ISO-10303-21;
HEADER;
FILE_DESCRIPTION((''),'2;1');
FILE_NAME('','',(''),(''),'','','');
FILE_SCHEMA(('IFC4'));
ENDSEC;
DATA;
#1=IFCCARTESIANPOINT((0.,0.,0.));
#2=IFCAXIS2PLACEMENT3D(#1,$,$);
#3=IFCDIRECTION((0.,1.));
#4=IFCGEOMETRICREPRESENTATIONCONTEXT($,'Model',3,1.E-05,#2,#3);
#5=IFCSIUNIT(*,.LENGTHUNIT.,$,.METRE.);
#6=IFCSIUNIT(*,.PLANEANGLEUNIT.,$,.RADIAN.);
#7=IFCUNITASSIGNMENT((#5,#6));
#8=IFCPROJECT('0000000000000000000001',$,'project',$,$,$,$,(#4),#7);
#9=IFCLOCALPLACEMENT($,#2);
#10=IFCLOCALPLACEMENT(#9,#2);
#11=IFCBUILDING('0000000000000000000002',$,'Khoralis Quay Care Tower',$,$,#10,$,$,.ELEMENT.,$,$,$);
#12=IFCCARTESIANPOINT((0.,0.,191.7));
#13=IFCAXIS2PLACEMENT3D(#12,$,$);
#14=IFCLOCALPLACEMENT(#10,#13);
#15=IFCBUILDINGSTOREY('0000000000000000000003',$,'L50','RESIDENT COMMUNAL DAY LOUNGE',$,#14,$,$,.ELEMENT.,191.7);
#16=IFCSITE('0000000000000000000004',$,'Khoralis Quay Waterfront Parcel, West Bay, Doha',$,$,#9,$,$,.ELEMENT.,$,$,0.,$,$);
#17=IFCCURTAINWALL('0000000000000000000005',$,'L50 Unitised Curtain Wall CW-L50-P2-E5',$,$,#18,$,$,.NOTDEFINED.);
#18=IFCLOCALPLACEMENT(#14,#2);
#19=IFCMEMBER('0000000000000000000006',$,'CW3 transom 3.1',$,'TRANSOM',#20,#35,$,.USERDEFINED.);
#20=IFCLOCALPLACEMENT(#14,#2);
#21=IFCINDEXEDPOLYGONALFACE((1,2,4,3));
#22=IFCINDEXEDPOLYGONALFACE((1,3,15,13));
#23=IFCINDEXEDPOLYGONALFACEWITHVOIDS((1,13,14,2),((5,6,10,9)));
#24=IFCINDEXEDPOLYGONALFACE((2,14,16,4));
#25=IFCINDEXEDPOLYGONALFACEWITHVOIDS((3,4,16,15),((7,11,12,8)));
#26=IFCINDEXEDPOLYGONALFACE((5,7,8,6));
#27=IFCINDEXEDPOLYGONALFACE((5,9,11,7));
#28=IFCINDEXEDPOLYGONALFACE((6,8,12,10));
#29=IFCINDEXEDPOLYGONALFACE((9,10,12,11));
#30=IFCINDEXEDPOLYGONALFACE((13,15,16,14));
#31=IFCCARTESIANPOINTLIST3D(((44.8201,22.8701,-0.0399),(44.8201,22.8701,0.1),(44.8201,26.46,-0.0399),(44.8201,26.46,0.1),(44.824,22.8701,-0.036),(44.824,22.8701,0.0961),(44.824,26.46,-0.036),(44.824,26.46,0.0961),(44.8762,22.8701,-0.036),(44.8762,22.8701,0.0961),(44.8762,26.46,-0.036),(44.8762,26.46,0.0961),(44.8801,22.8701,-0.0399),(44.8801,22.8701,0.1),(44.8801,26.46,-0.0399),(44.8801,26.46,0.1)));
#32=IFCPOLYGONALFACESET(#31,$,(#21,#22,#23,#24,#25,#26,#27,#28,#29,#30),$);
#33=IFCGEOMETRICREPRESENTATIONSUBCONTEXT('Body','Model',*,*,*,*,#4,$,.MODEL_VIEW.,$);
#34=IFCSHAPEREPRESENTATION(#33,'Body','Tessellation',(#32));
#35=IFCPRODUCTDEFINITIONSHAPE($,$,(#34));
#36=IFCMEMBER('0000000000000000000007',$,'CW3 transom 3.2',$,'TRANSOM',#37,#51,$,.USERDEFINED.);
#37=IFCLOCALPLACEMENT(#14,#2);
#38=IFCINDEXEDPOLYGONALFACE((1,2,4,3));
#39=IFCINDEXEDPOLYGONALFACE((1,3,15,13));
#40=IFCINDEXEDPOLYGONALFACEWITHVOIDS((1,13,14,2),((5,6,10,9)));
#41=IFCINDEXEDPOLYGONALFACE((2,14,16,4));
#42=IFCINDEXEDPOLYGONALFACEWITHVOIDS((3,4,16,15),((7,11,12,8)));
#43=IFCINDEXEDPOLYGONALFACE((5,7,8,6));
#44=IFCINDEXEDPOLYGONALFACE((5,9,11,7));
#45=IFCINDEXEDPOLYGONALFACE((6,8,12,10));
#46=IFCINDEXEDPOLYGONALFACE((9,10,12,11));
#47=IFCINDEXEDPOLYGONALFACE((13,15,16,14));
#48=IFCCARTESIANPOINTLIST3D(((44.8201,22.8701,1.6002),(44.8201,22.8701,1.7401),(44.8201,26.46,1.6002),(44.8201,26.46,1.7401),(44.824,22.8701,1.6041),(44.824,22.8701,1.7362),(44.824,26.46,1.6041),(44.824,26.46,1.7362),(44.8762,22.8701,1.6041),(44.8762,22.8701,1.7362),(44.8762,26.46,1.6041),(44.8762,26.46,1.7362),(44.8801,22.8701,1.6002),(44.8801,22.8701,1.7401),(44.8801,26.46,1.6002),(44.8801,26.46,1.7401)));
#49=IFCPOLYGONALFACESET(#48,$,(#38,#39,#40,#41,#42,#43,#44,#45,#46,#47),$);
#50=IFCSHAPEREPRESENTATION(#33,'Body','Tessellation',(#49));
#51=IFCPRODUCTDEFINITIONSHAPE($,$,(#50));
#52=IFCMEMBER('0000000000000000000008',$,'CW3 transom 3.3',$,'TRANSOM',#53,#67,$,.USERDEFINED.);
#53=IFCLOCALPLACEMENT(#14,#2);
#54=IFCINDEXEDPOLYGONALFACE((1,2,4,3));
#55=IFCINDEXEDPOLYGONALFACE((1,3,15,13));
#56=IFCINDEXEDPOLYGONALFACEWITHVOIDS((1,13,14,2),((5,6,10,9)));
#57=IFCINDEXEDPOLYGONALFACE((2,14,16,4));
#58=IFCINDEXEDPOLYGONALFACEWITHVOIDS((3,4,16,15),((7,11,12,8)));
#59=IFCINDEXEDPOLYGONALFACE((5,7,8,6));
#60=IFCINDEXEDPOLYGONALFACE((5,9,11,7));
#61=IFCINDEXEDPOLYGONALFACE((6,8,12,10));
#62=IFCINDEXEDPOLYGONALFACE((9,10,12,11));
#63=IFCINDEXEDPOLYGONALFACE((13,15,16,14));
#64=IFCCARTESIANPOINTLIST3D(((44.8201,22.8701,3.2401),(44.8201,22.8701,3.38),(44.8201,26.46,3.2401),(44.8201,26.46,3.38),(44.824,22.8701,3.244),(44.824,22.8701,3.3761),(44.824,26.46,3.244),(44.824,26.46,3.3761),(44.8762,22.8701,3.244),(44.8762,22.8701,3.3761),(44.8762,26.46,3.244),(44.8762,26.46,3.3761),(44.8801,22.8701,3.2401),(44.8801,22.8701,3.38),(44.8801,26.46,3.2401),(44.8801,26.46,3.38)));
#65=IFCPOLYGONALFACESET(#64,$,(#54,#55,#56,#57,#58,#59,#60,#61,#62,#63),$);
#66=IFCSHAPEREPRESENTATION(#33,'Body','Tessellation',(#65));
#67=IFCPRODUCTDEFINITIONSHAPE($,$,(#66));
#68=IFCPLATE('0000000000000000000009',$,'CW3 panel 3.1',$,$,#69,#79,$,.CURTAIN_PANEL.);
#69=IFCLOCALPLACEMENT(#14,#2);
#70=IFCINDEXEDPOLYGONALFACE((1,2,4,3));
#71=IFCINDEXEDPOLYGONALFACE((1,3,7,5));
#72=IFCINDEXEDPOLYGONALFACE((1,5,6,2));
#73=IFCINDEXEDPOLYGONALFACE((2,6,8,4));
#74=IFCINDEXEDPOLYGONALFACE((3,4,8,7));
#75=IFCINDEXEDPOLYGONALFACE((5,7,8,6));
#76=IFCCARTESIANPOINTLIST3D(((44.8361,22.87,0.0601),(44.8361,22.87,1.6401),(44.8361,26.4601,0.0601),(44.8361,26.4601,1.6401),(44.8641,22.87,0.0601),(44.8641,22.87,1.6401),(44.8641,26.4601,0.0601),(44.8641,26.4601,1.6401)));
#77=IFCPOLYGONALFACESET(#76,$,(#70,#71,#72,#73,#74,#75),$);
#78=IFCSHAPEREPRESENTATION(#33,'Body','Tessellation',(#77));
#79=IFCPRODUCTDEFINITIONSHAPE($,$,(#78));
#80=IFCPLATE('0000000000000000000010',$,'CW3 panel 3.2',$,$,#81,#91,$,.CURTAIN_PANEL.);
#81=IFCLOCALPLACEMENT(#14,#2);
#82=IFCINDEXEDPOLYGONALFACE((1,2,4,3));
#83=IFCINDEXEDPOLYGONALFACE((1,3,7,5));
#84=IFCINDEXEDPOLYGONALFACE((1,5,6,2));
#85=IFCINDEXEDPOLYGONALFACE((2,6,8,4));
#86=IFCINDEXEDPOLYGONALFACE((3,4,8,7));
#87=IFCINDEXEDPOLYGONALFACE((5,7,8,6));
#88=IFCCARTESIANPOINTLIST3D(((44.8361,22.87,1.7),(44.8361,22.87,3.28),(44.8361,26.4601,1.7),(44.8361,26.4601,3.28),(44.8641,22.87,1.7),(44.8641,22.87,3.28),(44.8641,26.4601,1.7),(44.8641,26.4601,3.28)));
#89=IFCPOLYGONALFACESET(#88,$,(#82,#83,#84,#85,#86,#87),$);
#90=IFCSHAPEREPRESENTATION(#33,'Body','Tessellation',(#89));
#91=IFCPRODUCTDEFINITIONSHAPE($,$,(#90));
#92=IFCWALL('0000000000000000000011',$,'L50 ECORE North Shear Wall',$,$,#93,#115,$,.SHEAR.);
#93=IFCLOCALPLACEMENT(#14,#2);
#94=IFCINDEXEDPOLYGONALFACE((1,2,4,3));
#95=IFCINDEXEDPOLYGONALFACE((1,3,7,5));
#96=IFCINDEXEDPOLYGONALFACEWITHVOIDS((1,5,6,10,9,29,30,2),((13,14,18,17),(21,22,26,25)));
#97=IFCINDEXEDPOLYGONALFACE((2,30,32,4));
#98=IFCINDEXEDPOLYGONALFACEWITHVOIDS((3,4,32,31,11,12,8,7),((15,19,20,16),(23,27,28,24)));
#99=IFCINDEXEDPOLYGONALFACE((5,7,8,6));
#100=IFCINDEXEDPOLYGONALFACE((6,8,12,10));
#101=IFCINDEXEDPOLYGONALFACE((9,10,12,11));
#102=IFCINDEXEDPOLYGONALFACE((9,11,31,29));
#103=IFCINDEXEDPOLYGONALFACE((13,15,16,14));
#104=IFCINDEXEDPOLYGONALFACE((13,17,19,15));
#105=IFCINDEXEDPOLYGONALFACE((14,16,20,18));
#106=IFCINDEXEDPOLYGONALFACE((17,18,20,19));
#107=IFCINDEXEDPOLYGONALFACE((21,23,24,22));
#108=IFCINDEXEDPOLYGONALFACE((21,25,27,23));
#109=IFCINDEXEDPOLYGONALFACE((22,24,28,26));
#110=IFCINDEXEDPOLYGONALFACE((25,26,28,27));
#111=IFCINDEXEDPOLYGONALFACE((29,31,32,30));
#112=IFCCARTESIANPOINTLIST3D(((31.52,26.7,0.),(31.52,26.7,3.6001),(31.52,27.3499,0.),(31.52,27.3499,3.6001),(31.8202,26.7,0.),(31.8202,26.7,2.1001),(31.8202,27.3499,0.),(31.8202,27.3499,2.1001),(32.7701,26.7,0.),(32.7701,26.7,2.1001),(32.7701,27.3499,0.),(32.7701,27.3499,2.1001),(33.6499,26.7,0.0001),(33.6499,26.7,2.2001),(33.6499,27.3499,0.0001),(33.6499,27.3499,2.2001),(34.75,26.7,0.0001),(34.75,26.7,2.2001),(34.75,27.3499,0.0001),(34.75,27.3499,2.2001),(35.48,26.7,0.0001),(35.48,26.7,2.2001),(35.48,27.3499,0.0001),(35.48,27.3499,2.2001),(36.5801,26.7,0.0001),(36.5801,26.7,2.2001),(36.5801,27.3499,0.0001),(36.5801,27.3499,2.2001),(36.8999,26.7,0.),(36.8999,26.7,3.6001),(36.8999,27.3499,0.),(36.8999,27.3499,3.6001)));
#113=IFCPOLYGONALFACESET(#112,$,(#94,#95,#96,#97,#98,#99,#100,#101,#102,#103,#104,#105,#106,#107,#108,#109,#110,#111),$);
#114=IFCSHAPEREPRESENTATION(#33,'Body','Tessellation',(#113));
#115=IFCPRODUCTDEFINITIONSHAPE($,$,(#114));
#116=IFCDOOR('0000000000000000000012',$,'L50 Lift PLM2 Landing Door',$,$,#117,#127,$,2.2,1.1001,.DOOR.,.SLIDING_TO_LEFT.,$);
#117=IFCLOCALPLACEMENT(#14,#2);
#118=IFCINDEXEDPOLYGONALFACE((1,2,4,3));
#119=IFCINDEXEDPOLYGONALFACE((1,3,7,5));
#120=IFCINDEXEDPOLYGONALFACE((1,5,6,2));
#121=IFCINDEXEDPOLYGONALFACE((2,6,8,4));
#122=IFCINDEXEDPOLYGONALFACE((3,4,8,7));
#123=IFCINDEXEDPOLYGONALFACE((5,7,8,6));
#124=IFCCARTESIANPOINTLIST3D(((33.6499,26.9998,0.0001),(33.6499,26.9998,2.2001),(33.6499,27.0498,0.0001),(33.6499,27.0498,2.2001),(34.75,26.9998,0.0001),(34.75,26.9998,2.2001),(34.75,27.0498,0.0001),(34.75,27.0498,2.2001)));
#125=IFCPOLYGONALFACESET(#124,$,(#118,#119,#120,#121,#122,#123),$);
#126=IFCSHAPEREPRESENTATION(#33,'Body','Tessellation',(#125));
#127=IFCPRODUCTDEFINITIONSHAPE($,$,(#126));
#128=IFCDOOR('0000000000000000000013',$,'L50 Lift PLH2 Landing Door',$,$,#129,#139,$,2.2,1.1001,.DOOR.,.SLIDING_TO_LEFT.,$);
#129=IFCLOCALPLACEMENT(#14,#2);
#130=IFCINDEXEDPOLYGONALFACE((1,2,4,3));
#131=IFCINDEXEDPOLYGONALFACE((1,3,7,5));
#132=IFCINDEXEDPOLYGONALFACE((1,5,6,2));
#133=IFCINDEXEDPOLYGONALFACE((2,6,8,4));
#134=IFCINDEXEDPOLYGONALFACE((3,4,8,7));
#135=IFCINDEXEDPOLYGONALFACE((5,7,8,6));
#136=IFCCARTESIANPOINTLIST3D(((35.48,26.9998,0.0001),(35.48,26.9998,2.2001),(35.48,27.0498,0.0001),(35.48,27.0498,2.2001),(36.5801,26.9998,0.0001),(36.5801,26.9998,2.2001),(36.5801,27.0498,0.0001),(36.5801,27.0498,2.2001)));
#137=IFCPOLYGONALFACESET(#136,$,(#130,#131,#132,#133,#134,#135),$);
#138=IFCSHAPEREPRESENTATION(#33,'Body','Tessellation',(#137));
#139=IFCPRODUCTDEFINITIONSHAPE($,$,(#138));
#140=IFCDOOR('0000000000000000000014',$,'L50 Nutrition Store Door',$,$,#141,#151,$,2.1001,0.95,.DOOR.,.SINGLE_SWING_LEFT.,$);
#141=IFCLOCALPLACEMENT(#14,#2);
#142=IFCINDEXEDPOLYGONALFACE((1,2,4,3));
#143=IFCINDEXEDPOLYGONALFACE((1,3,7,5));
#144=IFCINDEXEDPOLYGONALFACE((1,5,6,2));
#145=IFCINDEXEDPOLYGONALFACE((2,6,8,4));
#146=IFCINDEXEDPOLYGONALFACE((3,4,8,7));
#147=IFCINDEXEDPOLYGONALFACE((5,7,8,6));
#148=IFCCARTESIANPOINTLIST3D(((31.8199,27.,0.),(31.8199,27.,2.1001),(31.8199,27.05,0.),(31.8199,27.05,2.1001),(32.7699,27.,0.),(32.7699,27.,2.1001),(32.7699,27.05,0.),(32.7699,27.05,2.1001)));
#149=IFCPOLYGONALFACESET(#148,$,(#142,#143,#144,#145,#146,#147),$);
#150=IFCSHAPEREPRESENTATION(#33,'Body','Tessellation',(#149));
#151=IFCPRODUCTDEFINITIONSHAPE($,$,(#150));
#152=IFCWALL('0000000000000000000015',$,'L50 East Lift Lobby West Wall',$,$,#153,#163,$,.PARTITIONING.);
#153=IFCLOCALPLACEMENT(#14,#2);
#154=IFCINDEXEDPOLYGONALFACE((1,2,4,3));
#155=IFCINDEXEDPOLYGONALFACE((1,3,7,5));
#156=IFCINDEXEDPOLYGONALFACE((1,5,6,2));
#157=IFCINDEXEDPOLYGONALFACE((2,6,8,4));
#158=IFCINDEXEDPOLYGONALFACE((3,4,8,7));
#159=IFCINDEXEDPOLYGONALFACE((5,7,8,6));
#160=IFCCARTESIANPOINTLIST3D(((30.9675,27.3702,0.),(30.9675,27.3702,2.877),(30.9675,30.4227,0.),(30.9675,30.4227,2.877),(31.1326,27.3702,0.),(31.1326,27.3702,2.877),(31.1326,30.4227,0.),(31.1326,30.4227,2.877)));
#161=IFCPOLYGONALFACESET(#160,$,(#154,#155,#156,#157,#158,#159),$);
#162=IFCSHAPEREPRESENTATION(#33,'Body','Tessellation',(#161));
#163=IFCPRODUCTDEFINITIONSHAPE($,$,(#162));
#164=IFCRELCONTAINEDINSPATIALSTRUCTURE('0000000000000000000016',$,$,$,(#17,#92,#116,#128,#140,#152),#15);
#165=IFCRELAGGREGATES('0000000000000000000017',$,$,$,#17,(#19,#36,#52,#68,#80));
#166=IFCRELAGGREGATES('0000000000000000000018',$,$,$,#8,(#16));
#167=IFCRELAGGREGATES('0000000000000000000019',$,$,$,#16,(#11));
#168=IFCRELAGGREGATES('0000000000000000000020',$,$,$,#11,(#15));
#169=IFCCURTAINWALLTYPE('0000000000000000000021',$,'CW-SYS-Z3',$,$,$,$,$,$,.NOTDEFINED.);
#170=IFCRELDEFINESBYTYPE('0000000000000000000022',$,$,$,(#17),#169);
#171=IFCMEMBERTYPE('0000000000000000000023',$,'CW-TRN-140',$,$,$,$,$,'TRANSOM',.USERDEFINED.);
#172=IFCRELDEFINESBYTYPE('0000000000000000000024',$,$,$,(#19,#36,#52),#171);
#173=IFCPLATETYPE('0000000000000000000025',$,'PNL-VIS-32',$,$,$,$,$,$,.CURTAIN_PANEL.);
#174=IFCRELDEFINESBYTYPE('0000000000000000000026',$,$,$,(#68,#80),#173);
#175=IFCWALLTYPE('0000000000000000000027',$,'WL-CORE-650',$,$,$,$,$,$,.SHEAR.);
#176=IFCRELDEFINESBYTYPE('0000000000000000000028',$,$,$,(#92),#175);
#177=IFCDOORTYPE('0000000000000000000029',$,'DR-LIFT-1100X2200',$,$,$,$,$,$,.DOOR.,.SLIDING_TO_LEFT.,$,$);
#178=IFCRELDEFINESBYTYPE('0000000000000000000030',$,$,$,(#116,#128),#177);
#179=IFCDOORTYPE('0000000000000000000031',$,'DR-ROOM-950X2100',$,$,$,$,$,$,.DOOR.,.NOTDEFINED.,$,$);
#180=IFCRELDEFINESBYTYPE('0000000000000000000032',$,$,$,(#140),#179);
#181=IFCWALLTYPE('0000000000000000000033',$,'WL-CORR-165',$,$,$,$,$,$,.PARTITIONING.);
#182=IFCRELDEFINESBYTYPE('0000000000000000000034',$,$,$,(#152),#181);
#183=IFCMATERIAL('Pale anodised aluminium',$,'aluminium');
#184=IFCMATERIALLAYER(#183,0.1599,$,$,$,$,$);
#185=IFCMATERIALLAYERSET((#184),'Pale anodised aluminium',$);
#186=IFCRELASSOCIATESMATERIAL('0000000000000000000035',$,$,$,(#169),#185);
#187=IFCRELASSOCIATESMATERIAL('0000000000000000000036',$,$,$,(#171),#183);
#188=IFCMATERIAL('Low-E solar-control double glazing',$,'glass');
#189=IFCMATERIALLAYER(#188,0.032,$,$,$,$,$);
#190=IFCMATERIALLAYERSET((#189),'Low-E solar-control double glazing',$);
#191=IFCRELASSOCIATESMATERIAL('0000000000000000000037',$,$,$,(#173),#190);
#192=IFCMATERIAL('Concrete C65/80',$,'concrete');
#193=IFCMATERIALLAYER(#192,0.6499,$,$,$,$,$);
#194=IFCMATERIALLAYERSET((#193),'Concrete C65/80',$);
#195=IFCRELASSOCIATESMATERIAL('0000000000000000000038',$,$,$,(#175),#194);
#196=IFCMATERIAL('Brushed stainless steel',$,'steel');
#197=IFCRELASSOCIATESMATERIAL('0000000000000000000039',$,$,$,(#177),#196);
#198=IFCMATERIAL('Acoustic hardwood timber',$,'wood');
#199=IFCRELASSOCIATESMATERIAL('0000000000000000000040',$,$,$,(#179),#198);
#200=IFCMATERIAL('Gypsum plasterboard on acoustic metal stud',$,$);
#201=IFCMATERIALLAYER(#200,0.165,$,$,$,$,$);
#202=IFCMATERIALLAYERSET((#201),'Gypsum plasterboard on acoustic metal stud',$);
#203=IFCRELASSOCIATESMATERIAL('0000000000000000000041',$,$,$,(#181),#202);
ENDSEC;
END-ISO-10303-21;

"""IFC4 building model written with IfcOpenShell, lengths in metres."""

from ifc_helpers import new_model, si_unit, direction, frame, frame_2d, origin, origin_2d, place, context, subcontext, project, spatial, rectangle, hollow_rectangle, extrude, source, transform, mapped, material, layer, layer_set, material_profile, profile_set, type_object, element, fill, aggregate, save


model = new_model("IFC4")

# Units and contexts
model_context = context("Model", 3, precision=1e-05, world=origin(), true_north=direction((0.0, 1.0)))
body_context = subcontext(model_context, "Body", "Model", "MODEL_VIEW")
ifc_project = project(units=[si_unit("LENGTHUNIT", "METRE"), si_unit("PLANEANGLEUNIT", "RADIAN")], contexts=[model_context])

# Site, building, storey
site_placement = place(None, origin())
site = spatial("IfcSite", under=ifc_project, at=site_placement, Name="Khoralis Quay Waterfront Parcel, West Bay, Doha", CompositionType="ELEMENT", RefElevation=0.0)
building_placement = place(site_placement, origin())
building = spatial("IfcBuilding", under=site, at=building_placement, Name="Khoralis Quay Care Tower", CompositionType="ELEMENT")
storey_placement = place(building_placement, frame((0.0, 0.0, 191.7)))
storey = spatial("IfcBuildingStorey", under=building, at=storey_placement, Name="L50", Description="RESIDENT COMMUNAL DAY LOUNGE", CompositionType="ELEMENT", Elevation=191.7)

# Shared definitions
ifc_material_1 = material(Name="Concrete C65/80", Category="concrete")

# Curtain wall, members, plates
ifc_material_2 = material(Name="Pale anodised aluminium", Category="aluminium")
ifc_layer_1 = layer(ifc_material_2, 0.1599)
ifc_layer_set_1 = layer_set([ifc_layer_1], Name="Pale anodised aluminium")
curtain_wall_type = type_object("IfcCurtainWallType", Name="CW-SYS-Z3", PredefinedType="NOTDEFINED", material=ifc_layer_set_1)
curtain_wall_placement = place(storey_placement, origin())
curtain_wall = element("IfcCurtainWall", 1, at=curtain_wall_placement, inside=storey, type_object=curtain_wall_type, Name="L50 Unitised Curtain Wall CW-L50-P2-E5", PredefinedType="NOTDEFINED")
ifc_material_profile_1 = material_profile(ifc_material_2, hollow_rectangle(XDim=0.0601, YDim=0.1399, WallThickness=0.0039, at=origin_2d()), Name="Pale anodised aluminium")
ifc_profile_set_1 = profile_set([ifc_material_profile_1], Name="Pale anodised aluminium")
member_type_1 = type_object("IfcMemberType", Name="CW-TRN-140", ElementType="TRANSOM", PredefinedType="USERDEFINED", material=ifc_profile_set_1)
shared_shape_1 = source(origin(), body_context, "Body", "SweptSolid", [
    extrude(hollow_rectangle(XDim=0.0601, YDim=0.1399, WallThickness=0.0039, at=origin_2d()), origin(), (0.0, 0.0, 1.0), 3.5898),
])
member_1_placement = place(storey_placement, frame((44.8501, 22.8701, 0.03), z_axis=(0.0, 1.0, 0.0), x_axis=(-1.0, 0.0, 0.0)))
member_1 = element("IfcMember", 2, at=member_1_placement, type_object=member_type_1, Name="CW3 transom 3.1", ObjectType="TRANSOM", PredefinedType="USERDEFINED", context=body_context, shape_type="MappedRepresentation", body=[
    mapped(shared_shape_1, transform((0.0, 0.0, 0.0), scale=1.0)),
])
member_2_placement = place(storey_placement, frame((44.8501, 22.8701, 1.6702), z_axis=(0.0, 1.0, 0.0), x_axis=(-1.0, 0.0, 0.0)))
member_2 = element("IfcMember", 3, at=member_2_placement, type_object=member_type_1, Name="CW3 transom 3.2", ObjectType="TRANSOM", PredefinedType="USERDEFINED", context=body_context, shape_type="MappedRepresentation", body=[
    mapped(shared_shape_1, transform((0.0, 0.0, 0.0), scale=1.0)),
])
member_3_placement = place(storey_placement, frame((44.8501, 22.8701, 3.3101), z_axis=(0.0, 1.0, 0.0), x_axis=(-1.0, 0.0, 0.0)))
member_3 = element("IfcMember", 4, at=member_3_placement, type_object=member_type_1, Name="CW3 transom 3.3", ObjectType="TRANSOM", PredefinedType="USERDEFINED", context=body_context, shape_type="MappedRepresentation", body=[
    mapped(shared_shape_1, transform((0.0, 0.0, 0.0), scale=1.0)),
])
ifc_material_3 = material(Name="Low-E solar-control double glazing", Category="glass")
ifc_layer_2 = layer(ifc_material_3, 0.032)
ifc_layer_set_2 = layer_set([ifc_layer_2], Name="Low-E solar-control double glazing")
plate_type = type_object("IfcPlateType", Name="PNL-VIS-32", PredefinedType="CURTAIN_PANEL", material=ifc_layer_set_2)
shared_shape_2 = source(origin(), body_context, "Body", "SweptSolid", [
    extrude(rectangle(XDim=3.5901, YDim=0.0281, at=origin_2d()), origin(), (0.0, 0.0, 1.0), 1.5801),
])
plate_1_placement = place(storey_placement, frame((44.8501, 24.665, 0.0601), z_axis=(0.0, 0.0, 1.0), x_axis=(0.0, 1.0, 0.0)))
plate_1 = element("IfcPlate", 5, at=plate_1_placement, type_object=plate_type, Name="CW3 panel 3.1", PredefinedType="CURTAIN_PANEL", context=body_context, shape_type="MappedRepresentation", body=[
    mapped(shared_shape_2, transform((0.0, 0.0, 0.0), scale=1.0)),
])
plate_2_placement = place(storey_placement, frame((44.8501, 24.665, 1.7), z_axis=(0.0, 0.0, 1.0), x_axis=(0.0, 1.0, 0.0)))
plate_2 = element("IfcPlate", 6, at=plate_2_placement, type_object=plate_type, Name="CW3 panel 3.2", PredefinedType="CURTAIN_PANEL", context=body_context, shape_type="MappedRepresentation", body=[
    mapped(shared_shape_2, transform((0.0, 0.0, 0.0), scale=1.0)),
])
aggregate(curtain_wall, [member_1, member_2, member_3, plate_1, plate_2])

# Wall, openings, doors
ifc_layer_3 = layer(ifc_material_1, 0.6499)
ifc_layer_set_3 = layer_set([ifc_layer_3], Name="Concrete C65/80")
wall_type_1 = type_object("IfcWallType", Name="WL-CORE-650", PredefinedType="SHEAR", material=ifc_layer_set_3)
wall_1_placement = place(storey_placement, frame((31.52, 27.0249, 0.0), z_axis=(0.0, 0.0, 1.0), x_axis=(1.0, 0.0, 0.0)))
wall_1 = element("IfcWall", 7, at=wall_1_placement, inside=storey, type_object=wall_type_1, Name="L50 ECORE North Shear Wall", PredefinedType="SHEAR", context=body_context, shape_type="SweptSolid", body=[
    extrude(rectangle(XDim=5.3799, YDim=0.6499, at=frame_2d((2.6899, 0.0))), origin(), (0.0, 0.0, 1.0), 3.6001),
])
opening_1_placement = place(wall_1_placement, frame((0.3, 0.0, 0.0)))
opening_1 = element("IfcOpeningElement", 8, at=opening_1_placement, cuts=wall_1, PredefinedType="OPENING", context=body_context, shape_type="SweptSolid", body=[
    extrude(rectangle(XDim=0.95, YDim=2.1001, at=frame_2d((0.4751, 1.05))), frame((0.0, 0.335, 0.0), z_axis=(0.0, -1.0, 0.0), x_axis=(1.0, 0.0, 0.0)), (0.0, 0.0, 1.0), 0.6699),
])
opening_2_placement = place(wall_1_placement, frame((2.1299, 0.0, 0.0)))
opening_2 = element("IfcOpeningElement", 9, at=opening_2_placement, cuts=wall_1, PredefinedType="OPENING", context=body_context, shape_type="SweptSolid", body=[
    extrude(rectangle(XDim=1.1001, YDim=2.2, at=frame_2d((0.55, 1.1001))), frame((0.0, 0.335, 0.0), z_axis=(0.0, -1.0, 0.0), x_axis=(1.0, 0.0, 0.0)), (0.0, 0.0, 1.0), 0.6699),
])
opening_3_placement = place(wall_1_placement, frame((3.96, 0.0, 0.0)))
opening_3 = element("IfcOpeningElement", 10, at=opening_3_placement, cuts=wall_1, PredefinedType="OPENING", context=body_context, shape_type="SweptSolid", body=[
    extrude(rectangle(XDim=1.1001, YDim=2.2, at=frame_2d((0.55, 1.1001))), frame((0.0, 0.335, 0.0), z_axis=(0.0, -1.0, 0.0), x_axis=(1.0, 0.0, 0.0)), (0.0, 0.0, 1.0), 0.6699),
])
ifc_material_4 = material(Name="Brushed stainless steel", Category="steel")
door_type_1 = type_object("IfcDoorType", Name="DR-LIFT-1100X2200", OperationType="SLIDING_TO_LEFT", PredefinedType="DOOR", material=ifc_material_4)
shared_shape_3 = source(origin(), body_context, "Body", "SweptSolid", [
    extrude(rectangle(XDim=1.1001, YDim=2.2, at=frame_2d((0.55, 1.1001))), frame((0.0, 0.0249, 0.0), z_axis=(0.0, -1.0, 0.0), x_axis=(1.0, 0.0, 0.0)), (0.0, 0.0, 1.0), 0.05),
])
door_1_placement = place(opening_2_placement, origin())
door_1 = element("IfcDoor", 11, at=door_1_placement, inside=storey, type_object=door_type_1, Name="L50 Lift PLM2 Landing Door", OperationType="SLIDING_TO_LEFT", OverallHeight=2.2, OverallWidth=1.1001, PredefinedType="DOOR", context=body_context, shape_type="MappedRepresentation", body=[
    mapped(shared_shape_3, transform((0.0, 0.0, 0.0), scale=1.0)),
])
fill(opening_2, door_1)
door_2_placement = place(opening_3_placement, origin())
door_2 = element("IfcDoor", 12, at=door_2_placement, inside=storey, type_object=door_type_1, Name="L50 Lift PLH2 Landing Door", OperationType="SLIDING_TO_LEFT", OverallHeight=2.2, OverallWidth=1.1001, PredefinedType="DOOR", context=body_context, shape_type="MappedRepresentation", body=[
    mapped(shared_shape_3, transform((0.0, 0.0, 0.0), scale=1.0)),
])
fill(opening_3, door_2)
ifc_material_5 = material(Name="Acoustic hardwood timber", Category="wood")
door_type_2 = type_object("IfcDoorType", Name="DR-ROOM-950X2100", OperationType="NOTDEFINED", PredefinedType="DOOR", material=ifc_material_5)
shared_shape_4 = source(origin(), body_context, "Body", "SweptSolid", [
    extrude(rectangle(XDim=0.95, YDim=2.1001, at=frame_2d((0.4751, 1.05))), frame((0.0, 0.0249, 0.0), z_axis=(0.0, -1.0, 0.0), x_axis=(1.0, 0.0, 0.0)), (0.0, 0.0, 1.0), 0.05),
])
door_3_placement = place(opening_1_placement, frame((0.95, 0.0, 0.0), z_axis=(0.0, 0.0, 1.0), x_axis=(-1.0, 0.0, 0.0)))
door_3 = element("IfcDoor", 13, at=door_3_placement, inside=storey, type_object=door_type_2, Name="L50 Nutrition Store Door", OperationType="SINGLE_SWING_LEFT", OverallHeight=2.1001, OverallWidth=0.95, PredefinedType="DOOR", context=body_context, shape_type="MappedRepresentation", body=[
    mapped(shared_shape_4, transform((0.0, 0.0, 0.0), scale=1.0)),
])
fill(opening_1, door_3)

# Wall
ifc_material_6 = material(Name="Gypsum plasterboard on acoustic metal stud")
ifc_layer_4 = layer(ifc_material_6, 0.165)
ifc_layer_set_4 = layer_set([ifc_layer_4], Name="Gypsum plasterboard on acoustic metal stud")
wall_type_2 = type_object("IfcWallType", Name="WL-CORR-165", PredefinedType="PARTITIONING", material=ifc_layer_set_4)
wall_2_placement = place(storey_placement, frame((31.05, 27.3701, 0.0), z_axis=(0.0, 0.0, 1.0), x_axis=(0.0, 1.0, 0.0)))
element("IfcWall", 14, at=wall_2_placement, inside=storey, type_object=wall_type_2, Name="L50 East Lift Lobby West Wall", PredefinedType="PARTITIONING", context=body_context, shape_type="SweptSolid", body=[
    extrude(rectangle(XDim=3.0525, YDim=0.165, at=frame_2d((1.5264, 0.0))), origin(), (0.0, 0.0, 1.0), 2.877),
])

save(model, "model.ifc")
